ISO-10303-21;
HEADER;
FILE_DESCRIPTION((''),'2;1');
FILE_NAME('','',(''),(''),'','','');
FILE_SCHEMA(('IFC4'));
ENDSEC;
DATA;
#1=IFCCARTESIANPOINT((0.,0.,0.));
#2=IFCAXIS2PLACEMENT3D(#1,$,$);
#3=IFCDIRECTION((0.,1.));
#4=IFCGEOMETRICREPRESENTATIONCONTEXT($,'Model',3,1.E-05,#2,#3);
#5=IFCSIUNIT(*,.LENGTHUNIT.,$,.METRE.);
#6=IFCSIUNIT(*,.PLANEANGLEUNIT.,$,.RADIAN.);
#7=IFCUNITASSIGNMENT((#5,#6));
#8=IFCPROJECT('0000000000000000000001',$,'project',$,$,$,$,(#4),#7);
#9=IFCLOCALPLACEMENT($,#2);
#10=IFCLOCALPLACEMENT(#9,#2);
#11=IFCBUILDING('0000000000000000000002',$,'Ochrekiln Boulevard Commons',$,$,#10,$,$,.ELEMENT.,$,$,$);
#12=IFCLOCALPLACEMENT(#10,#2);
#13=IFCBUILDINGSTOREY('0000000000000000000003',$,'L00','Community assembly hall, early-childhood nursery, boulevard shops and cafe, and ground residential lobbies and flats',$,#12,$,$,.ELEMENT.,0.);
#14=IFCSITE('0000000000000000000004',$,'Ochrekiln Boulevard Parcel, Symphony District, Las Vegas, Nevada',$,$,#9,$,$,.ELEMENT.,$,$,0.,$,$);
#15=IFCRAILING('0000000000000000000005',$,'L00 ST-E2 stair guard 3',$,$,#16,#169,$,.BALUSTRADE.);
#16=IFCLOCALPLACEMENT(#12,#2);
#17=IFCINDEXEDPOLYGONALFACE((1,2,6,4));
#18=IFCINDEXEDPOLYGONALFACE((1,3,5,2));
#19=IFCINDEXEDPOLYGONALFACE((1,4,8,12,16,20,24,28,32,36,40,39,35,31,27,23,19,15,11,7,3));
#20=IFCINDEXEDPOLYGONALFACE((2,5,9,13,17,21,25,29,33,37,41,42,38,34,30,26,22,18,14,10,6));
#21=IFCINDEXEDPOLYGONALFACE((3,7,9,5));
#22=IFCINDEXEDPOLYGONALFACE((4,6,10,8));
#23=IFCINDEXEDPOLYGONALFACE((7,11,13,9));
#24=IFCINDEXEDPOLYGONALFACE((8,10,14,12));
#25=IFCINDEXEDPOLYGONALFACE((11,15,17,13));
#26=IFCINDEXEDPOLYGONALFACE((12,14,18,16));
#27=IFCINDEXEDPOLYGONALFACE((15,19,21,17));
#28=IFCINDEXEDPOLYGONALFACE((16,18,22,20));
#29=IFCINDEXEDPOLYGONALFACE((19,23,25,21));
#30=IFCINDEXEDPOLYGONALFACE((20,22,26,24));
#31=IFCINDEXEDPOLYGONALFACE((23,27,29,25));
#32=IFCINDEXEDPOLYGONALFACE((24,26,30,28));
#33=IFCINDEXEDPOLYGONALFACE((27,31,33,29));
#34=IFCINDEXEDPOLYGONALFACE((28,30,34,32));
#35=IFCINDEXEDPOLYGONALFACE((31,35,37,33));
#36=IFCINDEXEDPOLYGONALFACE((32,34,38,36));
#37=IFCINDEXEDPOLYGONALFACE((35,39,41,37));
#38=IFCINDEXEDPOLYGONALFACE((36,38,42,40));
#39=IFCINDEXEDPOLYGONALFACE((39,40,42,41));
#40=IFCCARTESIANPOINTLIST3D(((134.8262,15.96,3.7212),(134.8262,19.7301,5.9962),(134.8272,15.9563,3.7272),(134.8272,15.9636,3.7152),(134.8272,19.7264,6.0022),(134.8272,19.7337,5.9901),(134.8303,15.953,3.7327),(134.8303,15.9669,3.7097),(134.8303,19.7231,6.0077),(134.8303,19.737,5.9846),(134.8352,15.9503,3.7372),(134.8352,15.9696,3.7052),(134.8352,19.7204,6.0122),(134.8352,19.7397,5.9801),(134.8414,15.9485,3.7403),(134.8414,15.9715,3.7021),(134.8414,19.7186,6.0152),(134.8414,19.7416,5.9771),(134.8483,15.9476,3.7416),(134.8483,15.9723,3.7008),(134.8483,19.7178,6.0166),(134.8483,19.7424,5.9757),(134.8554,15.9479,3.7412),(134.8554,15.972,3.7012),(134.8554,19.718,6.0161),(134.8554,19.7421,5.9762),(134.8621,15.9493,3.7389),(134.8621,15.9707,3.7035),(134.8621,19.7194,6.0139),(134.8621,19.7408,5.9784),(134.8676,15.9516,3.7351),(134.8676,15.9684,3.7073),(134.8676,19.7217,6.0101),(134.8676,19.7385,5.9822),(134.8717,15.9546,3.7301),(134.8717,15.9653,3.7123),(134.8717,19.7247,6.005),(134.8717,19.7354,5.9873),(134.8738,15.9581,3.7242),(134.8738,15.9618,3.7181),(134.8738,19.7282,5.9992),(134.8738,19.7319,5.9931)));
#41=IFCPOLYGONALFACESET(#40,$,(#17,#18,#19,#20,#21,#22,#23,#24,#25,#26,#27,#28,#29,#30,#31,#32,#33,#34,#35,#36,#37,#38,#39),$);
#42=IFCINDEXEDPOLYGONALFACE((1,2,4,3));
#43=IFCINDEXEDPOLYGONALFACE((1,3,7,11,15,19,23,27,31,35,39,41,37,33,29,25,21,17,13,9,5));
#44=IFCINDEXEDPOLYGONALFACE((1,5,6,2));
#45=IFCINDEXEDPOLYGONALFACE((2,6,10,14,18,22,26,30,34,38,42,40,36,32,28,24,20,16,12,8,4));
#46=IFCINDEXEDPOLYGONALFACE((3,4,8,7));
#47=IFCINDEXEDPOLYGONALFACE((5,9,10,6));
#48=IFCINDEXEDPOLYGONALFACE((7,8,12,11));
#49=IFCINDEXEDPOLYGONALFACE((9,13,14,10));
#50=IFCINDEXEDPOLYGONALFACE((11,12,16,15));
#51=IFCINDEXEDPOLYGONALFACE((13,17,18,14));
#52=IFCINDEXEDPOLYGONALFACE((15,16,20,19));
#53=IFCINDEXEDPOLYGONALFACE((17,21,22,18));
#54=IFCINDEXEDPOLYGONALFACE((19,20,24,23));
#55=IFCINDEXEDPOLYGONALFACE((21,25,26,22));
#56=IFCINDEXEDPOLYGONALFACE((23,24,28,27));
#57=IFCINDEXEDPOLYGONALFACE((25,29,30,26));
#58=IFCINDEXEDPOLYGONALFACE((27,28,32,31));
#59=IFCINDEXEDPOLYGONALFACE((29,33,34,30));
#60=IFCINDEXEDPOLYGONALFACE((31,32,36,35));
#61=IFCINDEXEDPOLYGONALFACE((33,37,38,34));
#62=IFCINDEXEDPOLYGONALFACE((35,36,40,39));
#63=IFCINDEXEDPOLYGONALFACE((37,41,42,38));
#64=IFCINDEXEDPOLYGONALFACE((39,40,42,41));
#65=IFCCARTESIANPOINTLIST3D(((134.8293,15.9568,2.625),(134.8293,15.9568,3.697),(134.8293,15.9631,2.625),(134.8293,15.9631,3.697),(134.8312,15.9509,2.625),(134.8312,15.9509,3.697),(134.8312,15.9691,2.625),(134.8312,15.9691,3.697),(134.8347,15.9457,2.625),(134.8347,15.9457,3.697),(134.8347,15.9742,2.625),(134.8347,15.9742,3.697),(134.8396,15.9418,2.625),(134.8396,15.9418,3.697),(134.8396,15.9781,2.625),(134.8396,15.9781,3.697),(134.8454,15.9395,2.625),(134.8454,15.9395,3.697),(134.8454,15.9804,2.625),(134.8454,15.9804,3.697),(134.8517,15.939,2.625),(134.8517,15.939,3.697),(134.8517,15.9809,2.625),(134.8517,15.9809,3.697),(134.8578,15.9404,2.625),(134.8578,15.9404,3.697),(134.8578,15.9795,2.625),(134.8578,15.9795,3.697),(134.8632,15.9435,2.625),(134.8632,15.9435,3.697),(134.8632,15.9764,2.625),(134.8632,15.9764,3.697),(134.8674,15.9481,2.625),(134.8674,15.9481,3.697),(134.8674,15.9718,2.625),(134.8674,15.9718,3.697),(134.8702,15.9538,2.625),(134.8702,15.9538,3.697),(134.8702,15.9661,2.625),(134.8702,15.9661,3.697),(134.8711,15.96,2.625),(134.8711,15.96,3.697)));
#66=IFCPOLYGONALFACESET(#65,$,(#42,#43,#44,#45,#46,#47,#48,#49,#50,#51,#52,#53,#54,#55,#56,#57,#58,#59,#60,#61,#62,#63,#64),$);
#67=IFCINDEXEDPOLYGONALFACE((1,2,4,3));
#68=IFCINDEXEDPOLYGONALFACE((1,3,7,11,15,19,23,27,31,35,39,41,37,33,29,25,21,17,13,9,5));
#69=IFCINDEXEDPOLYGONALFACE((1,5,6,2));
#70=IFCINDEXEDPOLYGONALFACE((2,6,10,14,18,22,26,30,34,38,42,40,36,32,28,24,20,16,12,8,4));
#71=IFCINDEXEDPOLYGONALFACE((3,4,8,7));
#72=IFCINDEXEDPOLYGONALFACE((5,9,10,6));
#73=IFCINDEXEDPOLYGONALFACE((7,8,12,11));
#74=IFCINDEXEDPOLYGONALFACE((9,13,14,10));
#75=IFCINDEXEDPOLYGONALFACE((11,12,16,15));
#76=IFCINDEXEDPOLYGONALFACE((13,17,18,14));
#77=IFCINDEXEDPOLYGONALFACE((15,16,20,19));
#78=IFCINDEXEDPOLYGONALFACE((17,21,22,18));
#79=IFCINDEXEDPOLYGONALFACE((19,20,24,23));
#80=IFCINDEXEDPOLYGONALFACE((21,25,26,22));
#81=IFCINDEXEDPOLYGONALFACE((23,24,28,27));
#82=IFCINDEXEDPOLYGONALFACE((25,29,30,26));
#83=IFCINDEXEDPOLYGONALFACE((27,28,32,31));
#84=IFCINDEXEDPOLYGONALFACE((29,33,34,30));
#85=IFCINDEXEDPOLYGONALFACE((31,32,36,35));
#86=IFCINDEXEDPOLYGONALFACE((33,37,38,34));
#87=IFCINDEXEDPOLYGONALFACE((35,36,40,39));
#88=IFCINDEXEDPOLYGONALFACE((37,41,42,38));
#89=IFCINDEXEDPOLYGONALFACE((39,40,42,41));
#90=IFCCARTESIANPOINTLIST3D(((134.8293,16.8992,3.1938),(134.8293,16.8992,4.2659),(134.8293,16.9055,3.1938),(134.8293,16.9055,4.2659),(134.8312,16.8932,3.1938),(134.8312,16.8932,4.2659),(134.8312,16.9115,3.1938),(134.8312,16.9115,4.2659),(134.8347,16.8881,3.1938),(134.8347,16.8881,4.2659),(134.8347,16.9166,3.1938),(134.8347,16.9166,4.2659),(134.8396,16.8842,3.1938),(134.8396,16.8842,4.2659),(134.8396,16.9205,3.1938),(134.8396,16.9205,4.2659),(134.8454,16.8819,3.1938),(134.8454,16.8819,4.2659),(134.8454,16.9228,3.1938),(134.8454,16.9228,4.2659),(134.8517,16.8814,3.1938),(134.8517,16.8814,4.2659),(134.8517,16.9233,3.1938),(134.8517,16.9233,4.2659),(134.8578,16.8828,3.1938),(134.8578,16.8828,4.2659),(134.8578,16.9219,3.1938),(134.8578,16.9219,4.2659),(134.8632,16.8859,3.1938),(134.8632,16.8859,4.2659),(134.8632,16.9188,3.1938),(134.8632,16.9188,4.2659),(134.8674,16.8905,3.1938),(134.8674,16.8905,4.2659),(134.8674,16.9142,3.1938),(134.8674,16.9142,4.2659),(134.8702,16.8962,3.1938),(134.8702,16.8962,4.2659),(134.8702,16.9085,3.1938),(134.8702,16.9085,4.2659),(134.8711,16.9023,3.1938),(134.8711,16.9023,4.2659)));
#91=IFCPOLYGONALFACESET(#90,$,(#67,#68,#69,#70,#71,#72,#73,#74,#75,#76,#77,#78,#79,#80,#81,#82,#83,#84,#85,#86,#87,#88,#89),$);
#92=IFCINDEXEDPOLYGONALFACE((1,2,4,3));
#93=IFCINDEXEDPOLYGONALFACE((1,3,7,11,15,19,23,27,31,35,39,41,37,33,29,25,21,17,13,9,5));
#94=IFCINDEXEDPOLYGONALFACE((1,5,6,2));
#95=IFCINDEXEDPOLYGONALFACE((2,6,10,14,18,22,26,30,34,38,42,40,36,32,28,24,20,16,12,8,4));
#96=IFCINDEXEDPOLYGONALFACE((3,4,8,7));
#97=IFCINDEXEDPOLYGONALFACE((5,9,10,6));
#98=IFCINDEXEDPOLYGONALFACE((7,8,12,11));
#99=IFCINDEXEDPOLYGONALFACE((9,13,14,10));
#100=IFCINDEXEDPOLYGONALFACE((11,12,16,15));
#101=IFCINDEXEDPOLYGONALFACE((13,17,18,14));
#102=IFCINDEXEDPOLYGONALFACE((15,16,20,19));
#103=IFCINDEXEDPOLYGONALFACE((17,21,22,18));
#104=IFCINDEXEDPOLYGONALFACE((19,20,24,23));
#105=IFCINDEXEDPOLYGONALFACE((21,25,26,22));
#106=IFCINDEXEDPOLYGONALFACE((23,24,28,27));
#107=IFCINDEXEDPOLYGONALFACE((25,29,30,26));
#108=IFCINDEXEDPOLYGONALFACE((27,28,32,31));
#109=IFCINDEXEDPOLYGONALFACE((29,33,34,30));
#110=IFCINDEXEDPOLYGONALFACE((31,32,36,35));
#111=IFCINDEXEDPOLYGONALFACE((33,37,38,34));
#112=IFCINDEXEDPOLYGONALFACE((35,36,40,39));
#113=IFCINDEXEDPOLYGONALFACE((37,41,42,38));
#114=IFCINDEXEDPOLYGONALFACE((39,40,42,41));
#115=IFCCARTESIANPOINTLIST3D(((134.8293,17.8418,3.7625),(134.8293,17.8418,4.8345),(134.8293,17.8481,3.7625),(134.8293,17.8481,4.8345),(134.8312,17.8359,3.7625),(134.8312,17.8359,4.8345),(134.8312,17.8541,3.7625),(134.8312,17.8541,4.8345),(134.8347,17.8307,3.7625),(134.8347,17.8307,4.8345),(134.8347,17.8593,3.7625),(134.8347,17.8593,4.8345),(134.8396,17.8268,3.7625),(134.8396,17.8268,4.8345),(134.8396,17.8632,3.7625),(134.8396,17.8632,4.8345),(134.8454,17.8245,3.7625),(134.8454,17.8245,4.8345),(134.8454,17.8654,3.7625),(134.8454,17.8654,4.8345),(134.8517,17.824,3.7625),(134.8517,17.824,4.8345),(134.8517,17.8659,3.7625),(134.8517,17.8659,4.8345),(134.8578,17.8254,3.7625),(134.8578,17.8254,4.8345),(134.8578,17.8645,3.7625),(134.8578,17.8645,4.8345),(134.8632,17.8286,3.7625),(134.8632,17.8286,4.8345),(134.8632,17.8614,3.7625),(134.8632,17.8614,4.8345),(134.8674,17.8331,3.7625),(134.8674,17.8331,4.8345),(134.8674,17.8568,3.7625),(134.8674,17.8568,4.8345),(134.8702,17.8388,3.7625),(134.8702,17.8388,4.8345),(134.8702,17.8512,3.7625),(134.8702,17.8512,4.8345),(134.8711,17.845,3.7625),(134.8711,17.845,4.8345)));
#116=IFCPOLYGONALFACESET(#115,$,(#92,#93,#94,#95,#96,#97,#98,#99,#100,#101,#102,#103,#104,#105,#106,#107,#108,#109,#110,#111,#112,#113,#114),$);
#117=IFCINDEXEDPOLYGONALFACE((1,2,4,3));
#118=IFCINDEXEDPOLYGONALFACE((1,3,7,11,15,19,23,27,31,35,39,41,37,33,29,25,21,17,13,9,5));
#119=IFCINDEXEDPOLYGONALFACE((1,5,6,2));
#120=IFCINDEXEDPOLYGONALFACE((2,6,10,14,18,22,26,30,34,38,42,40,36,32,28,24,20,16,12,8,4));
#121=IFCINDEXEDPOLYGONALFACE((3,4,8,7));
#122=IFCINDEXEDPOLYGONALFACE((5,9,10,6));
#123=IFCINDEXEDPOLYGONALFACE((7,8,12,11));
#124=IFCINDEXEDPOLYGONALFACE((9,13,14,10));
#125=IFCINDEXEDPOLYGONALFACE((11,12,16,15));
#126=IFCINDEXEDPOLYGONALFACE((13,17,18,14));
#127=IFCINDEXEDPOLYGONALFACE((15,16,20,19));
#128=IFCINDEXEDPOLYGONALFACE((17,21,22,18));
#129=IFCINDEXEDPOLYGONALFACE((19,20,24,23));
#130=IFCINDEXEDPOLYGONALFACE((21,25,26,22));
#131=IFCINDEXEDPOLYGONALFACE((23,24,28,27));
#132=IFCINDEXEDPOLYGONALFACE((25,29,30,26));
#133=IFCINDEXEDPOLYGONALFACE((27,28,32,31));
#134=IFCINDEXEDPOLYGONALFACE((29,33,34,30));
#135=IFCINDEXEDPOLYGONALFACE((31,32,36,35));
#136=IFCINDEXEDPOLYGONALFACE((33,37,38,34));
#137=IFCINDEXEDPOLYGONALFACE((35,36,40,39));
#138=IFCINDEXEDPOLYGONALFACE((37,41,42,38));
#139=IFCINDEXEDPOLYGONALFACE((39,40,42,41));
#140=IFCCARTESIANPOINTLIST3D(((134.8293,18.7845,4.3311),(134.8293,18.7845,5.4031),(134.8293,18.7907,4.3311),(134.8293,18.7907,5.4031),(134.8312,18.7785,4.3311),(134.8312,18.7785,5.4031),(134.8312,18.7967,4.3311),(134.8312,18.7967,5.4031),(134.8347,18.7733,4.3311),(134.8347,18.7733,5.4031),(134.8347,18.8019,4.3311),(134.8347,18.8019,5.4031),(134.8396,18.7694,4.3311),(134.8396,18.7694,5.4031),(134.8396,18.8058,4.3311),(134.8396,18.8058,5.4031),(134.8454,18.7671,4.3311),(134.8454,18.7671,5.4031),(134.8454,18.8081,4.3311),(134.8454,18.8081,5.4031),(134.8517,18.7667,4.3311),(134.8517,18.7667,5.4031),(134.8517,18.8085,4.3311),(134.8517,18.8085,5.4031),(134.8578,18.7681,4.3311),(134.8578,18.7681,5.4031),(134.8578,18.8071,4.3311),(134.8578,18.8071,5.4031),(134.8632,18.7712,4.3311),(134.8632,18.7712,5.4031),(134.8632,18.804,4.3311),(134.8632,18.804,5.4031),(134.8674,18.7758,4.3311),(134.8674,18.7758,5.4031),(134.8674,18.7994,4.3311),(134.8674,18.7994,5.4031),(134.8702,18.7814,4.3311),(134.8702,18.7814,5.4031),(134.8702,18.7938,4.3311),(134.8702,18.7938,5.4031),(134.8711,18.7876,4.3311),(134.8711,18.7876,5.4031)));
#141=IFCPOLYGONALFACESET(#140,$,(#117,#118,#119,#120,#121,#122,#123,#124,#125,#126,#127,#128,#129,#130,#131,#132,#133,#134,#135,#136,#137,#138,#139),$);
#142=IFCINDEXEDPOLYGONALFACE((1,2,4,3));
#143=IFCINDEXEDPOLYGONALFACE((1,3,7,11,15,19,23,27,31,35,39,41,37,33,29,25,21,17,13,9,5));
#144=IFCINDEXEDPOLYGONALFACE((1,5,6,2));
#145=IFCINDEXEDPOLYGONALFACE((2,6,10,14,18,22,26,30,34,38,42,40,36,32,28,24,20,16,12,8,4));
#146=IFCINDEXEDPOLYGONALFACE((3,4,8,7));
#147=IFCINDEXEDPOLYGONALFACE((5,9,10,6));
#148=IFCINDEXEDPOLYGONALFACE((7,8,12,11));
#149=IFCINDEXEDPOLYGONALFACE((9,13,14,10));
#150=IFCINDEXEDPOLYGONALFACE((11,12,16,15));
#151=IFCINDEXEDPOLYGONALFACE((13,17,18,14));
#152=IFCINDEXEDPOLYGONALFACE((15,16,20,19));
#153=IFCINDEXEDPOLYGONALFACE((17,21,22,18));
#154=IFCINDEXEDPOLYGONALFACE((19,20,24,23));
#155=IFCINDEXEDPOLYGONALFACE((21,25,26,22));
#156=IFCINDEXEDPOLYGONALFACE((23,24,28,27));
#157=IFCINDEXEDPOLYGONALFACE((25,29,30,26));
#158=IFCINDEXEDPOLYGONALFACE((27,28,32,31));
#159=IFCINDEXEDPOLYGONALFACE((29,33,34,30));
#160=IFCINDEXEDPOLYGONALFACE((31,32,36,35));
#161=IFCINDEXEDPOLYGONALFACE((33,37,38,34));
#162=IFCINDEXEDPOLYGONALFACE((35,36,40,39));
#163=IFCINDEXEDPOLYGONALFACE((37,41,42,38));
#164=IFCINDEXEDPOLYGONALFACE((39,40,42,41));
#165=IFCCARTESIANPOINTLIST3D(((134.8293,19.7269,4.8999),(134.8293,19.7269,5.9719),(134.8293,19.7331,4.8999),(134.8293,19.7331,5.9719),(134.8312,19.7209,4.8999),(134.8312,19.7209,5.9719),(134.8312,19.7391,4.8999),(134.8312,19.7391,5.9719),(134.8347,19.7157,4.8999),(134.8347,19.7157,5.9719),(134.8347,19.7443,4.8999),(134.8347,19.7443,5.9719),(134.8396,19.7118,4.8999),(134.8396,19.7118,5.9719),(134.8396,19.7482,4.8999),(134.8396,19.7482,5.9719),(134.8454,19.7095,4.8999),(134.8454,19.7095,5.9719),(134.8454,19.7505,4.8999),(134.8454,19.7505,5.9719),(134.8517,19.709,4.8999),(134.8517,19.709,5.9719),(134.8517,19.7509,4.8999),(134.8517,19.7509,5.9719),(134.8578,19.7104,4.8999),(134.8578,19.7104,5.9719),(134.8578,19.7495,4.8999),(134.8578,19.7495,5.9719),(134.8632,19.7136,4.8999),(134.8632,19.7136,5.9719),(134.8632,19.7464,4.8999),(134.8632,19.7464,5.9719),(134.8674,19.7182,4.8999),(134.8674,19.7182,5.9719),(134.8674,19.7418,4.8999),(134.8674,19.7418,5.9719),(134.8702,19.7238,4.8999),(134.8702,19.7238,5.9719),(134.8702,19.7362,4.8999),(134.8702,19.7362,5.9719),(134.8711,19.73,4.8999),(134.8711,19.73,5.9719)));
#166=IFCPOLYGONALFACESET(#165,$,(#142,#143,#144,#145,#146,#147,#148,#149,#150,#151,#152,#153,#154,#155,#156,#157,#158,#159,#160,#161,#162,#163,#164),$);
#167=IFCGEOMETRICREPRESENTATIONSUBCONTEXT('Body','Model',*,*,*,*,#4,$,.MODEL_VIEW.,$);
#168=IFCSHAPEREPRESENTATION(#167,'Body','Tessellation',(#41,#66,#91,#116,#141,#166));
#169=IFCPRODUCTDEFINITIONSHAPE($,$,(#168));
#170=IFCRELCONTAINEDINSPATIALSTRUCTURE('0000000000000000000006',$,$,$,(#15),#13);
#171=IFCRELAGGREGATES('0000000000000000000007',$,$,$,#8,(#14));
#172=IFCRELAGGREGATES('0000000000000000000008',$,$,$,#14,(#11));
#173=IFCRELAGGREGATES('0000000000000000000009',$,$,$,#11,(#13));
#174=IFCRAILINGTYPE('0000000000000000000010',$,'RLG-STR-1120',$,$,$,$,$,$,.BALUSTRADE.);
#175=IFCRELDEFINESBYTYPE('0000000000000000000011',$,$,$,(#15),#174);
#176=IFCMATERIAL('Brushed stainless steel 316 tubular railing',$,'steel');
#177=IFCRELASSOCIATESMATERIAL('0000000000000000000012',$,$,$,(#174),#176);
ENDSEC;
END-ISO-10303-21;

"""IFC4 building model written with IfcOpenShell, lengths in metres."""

from ifc_helpers import new_model, si_unit, direction, frame, origin, origin_2d, place, context, subcontext, project, spatial, circle, extrude, material, type_object, element, save


model = new_model("IFC4")

# Units and contexts
model_context = context("Model", 3, precision=1e-05, world=origin(), true_north=direction((0.0, 1.0)))
body_context = subcontext(model_context, "Body", "Model", "MODEL_VIEW")
ifc_project = project(units=[si_unit("LENGTHUNIT", "METRE"), si_unit("PLANEANGLEUNIT", "RADIAN")], contexts=[model_context])

# Site, building, storey
site_placement = place(None, origin())
site = spatial("IfcSite", under=ifc_project, at=site_placement, Name="Ochrekiln Boulevard Parcel, Symphony District, Las Vegas, Nevada", CompositionType="ELEMENT", RefElevation=0.0)
building_placement = place(site_placement, origin())
building = spatial("IfcBuilding", under=site, at=building_placement, Name="Ochrekiln Boulevard Commons", CompositionType="ELEMENT")
storey_placement = place(building_placement, origin())
storey = spatial("IfcBuildingStorey", under=building, at=storey_placement, Name="L00", Description="Community assembly hall, early-childhood nursery, boulevard shops and cafe, and ground residential lobbies and flats", CompositionType="ELEMENT", Elevation=0.0)

# Railing
ifc_material_1 = material(Name="Brushed stainless steel 316 tubular railing", Category="steel")
railing_type_1 = type_object("IfcRailingType", Name="RLG-STR-1120", PredefinedType="BALUSTRADE", material=ifc_material_1)
railing_1_placement = place(storey_placement, frame((134.8501, 15.96, 2.625)))
element("IfcRailing", 1, at=railing_1_placement, inside=storey, type_object=railing_type_1, Name="L00 ST-E2 stair guard 3", PredefinedType="BALUSTRADE", context=body_context, shape_type="SweptSolid", body=[
    extrude(circle(Radius=0.0239, at=origin_2d()), frame((0.0, 0.0, 1.0962), z_axis=(0.0, 0.856199, 0.516647), x_axis=(-1.0, 0.0, 0.0)), (0.0, 0.0, 1.0), 4.4033),
    extrude(circle(Radius=0.021, at=origin_2d()), origin(), (0.0, 0.0, 1.0), 1.072),
    extrude(circle(Radius=0.021, at=origin_2d()), frame((0.0, 0.9424, 0.5688)), (0.0, 0.0, 1.0), 1.072),
    extrude(circle(Radius=0.021, at=origin_2d()), frame((0.0, 1.885, 1.1375)), (0.0, 0.0, 1.0), 1.072),
    extrude(circle(Radius=0.021, at=origin_2d()), frame((0.0, 2.8276, 1.7061)), (0.0, 0.0, 1.0), 1.072),
    extrude(circle(Radius=0.021, at=origin_2d()), frame((0.0, 3.77, 2.2749)), (0.0, 0.0, 1.0), 1.072),
])

save(model, "model.ifc")
